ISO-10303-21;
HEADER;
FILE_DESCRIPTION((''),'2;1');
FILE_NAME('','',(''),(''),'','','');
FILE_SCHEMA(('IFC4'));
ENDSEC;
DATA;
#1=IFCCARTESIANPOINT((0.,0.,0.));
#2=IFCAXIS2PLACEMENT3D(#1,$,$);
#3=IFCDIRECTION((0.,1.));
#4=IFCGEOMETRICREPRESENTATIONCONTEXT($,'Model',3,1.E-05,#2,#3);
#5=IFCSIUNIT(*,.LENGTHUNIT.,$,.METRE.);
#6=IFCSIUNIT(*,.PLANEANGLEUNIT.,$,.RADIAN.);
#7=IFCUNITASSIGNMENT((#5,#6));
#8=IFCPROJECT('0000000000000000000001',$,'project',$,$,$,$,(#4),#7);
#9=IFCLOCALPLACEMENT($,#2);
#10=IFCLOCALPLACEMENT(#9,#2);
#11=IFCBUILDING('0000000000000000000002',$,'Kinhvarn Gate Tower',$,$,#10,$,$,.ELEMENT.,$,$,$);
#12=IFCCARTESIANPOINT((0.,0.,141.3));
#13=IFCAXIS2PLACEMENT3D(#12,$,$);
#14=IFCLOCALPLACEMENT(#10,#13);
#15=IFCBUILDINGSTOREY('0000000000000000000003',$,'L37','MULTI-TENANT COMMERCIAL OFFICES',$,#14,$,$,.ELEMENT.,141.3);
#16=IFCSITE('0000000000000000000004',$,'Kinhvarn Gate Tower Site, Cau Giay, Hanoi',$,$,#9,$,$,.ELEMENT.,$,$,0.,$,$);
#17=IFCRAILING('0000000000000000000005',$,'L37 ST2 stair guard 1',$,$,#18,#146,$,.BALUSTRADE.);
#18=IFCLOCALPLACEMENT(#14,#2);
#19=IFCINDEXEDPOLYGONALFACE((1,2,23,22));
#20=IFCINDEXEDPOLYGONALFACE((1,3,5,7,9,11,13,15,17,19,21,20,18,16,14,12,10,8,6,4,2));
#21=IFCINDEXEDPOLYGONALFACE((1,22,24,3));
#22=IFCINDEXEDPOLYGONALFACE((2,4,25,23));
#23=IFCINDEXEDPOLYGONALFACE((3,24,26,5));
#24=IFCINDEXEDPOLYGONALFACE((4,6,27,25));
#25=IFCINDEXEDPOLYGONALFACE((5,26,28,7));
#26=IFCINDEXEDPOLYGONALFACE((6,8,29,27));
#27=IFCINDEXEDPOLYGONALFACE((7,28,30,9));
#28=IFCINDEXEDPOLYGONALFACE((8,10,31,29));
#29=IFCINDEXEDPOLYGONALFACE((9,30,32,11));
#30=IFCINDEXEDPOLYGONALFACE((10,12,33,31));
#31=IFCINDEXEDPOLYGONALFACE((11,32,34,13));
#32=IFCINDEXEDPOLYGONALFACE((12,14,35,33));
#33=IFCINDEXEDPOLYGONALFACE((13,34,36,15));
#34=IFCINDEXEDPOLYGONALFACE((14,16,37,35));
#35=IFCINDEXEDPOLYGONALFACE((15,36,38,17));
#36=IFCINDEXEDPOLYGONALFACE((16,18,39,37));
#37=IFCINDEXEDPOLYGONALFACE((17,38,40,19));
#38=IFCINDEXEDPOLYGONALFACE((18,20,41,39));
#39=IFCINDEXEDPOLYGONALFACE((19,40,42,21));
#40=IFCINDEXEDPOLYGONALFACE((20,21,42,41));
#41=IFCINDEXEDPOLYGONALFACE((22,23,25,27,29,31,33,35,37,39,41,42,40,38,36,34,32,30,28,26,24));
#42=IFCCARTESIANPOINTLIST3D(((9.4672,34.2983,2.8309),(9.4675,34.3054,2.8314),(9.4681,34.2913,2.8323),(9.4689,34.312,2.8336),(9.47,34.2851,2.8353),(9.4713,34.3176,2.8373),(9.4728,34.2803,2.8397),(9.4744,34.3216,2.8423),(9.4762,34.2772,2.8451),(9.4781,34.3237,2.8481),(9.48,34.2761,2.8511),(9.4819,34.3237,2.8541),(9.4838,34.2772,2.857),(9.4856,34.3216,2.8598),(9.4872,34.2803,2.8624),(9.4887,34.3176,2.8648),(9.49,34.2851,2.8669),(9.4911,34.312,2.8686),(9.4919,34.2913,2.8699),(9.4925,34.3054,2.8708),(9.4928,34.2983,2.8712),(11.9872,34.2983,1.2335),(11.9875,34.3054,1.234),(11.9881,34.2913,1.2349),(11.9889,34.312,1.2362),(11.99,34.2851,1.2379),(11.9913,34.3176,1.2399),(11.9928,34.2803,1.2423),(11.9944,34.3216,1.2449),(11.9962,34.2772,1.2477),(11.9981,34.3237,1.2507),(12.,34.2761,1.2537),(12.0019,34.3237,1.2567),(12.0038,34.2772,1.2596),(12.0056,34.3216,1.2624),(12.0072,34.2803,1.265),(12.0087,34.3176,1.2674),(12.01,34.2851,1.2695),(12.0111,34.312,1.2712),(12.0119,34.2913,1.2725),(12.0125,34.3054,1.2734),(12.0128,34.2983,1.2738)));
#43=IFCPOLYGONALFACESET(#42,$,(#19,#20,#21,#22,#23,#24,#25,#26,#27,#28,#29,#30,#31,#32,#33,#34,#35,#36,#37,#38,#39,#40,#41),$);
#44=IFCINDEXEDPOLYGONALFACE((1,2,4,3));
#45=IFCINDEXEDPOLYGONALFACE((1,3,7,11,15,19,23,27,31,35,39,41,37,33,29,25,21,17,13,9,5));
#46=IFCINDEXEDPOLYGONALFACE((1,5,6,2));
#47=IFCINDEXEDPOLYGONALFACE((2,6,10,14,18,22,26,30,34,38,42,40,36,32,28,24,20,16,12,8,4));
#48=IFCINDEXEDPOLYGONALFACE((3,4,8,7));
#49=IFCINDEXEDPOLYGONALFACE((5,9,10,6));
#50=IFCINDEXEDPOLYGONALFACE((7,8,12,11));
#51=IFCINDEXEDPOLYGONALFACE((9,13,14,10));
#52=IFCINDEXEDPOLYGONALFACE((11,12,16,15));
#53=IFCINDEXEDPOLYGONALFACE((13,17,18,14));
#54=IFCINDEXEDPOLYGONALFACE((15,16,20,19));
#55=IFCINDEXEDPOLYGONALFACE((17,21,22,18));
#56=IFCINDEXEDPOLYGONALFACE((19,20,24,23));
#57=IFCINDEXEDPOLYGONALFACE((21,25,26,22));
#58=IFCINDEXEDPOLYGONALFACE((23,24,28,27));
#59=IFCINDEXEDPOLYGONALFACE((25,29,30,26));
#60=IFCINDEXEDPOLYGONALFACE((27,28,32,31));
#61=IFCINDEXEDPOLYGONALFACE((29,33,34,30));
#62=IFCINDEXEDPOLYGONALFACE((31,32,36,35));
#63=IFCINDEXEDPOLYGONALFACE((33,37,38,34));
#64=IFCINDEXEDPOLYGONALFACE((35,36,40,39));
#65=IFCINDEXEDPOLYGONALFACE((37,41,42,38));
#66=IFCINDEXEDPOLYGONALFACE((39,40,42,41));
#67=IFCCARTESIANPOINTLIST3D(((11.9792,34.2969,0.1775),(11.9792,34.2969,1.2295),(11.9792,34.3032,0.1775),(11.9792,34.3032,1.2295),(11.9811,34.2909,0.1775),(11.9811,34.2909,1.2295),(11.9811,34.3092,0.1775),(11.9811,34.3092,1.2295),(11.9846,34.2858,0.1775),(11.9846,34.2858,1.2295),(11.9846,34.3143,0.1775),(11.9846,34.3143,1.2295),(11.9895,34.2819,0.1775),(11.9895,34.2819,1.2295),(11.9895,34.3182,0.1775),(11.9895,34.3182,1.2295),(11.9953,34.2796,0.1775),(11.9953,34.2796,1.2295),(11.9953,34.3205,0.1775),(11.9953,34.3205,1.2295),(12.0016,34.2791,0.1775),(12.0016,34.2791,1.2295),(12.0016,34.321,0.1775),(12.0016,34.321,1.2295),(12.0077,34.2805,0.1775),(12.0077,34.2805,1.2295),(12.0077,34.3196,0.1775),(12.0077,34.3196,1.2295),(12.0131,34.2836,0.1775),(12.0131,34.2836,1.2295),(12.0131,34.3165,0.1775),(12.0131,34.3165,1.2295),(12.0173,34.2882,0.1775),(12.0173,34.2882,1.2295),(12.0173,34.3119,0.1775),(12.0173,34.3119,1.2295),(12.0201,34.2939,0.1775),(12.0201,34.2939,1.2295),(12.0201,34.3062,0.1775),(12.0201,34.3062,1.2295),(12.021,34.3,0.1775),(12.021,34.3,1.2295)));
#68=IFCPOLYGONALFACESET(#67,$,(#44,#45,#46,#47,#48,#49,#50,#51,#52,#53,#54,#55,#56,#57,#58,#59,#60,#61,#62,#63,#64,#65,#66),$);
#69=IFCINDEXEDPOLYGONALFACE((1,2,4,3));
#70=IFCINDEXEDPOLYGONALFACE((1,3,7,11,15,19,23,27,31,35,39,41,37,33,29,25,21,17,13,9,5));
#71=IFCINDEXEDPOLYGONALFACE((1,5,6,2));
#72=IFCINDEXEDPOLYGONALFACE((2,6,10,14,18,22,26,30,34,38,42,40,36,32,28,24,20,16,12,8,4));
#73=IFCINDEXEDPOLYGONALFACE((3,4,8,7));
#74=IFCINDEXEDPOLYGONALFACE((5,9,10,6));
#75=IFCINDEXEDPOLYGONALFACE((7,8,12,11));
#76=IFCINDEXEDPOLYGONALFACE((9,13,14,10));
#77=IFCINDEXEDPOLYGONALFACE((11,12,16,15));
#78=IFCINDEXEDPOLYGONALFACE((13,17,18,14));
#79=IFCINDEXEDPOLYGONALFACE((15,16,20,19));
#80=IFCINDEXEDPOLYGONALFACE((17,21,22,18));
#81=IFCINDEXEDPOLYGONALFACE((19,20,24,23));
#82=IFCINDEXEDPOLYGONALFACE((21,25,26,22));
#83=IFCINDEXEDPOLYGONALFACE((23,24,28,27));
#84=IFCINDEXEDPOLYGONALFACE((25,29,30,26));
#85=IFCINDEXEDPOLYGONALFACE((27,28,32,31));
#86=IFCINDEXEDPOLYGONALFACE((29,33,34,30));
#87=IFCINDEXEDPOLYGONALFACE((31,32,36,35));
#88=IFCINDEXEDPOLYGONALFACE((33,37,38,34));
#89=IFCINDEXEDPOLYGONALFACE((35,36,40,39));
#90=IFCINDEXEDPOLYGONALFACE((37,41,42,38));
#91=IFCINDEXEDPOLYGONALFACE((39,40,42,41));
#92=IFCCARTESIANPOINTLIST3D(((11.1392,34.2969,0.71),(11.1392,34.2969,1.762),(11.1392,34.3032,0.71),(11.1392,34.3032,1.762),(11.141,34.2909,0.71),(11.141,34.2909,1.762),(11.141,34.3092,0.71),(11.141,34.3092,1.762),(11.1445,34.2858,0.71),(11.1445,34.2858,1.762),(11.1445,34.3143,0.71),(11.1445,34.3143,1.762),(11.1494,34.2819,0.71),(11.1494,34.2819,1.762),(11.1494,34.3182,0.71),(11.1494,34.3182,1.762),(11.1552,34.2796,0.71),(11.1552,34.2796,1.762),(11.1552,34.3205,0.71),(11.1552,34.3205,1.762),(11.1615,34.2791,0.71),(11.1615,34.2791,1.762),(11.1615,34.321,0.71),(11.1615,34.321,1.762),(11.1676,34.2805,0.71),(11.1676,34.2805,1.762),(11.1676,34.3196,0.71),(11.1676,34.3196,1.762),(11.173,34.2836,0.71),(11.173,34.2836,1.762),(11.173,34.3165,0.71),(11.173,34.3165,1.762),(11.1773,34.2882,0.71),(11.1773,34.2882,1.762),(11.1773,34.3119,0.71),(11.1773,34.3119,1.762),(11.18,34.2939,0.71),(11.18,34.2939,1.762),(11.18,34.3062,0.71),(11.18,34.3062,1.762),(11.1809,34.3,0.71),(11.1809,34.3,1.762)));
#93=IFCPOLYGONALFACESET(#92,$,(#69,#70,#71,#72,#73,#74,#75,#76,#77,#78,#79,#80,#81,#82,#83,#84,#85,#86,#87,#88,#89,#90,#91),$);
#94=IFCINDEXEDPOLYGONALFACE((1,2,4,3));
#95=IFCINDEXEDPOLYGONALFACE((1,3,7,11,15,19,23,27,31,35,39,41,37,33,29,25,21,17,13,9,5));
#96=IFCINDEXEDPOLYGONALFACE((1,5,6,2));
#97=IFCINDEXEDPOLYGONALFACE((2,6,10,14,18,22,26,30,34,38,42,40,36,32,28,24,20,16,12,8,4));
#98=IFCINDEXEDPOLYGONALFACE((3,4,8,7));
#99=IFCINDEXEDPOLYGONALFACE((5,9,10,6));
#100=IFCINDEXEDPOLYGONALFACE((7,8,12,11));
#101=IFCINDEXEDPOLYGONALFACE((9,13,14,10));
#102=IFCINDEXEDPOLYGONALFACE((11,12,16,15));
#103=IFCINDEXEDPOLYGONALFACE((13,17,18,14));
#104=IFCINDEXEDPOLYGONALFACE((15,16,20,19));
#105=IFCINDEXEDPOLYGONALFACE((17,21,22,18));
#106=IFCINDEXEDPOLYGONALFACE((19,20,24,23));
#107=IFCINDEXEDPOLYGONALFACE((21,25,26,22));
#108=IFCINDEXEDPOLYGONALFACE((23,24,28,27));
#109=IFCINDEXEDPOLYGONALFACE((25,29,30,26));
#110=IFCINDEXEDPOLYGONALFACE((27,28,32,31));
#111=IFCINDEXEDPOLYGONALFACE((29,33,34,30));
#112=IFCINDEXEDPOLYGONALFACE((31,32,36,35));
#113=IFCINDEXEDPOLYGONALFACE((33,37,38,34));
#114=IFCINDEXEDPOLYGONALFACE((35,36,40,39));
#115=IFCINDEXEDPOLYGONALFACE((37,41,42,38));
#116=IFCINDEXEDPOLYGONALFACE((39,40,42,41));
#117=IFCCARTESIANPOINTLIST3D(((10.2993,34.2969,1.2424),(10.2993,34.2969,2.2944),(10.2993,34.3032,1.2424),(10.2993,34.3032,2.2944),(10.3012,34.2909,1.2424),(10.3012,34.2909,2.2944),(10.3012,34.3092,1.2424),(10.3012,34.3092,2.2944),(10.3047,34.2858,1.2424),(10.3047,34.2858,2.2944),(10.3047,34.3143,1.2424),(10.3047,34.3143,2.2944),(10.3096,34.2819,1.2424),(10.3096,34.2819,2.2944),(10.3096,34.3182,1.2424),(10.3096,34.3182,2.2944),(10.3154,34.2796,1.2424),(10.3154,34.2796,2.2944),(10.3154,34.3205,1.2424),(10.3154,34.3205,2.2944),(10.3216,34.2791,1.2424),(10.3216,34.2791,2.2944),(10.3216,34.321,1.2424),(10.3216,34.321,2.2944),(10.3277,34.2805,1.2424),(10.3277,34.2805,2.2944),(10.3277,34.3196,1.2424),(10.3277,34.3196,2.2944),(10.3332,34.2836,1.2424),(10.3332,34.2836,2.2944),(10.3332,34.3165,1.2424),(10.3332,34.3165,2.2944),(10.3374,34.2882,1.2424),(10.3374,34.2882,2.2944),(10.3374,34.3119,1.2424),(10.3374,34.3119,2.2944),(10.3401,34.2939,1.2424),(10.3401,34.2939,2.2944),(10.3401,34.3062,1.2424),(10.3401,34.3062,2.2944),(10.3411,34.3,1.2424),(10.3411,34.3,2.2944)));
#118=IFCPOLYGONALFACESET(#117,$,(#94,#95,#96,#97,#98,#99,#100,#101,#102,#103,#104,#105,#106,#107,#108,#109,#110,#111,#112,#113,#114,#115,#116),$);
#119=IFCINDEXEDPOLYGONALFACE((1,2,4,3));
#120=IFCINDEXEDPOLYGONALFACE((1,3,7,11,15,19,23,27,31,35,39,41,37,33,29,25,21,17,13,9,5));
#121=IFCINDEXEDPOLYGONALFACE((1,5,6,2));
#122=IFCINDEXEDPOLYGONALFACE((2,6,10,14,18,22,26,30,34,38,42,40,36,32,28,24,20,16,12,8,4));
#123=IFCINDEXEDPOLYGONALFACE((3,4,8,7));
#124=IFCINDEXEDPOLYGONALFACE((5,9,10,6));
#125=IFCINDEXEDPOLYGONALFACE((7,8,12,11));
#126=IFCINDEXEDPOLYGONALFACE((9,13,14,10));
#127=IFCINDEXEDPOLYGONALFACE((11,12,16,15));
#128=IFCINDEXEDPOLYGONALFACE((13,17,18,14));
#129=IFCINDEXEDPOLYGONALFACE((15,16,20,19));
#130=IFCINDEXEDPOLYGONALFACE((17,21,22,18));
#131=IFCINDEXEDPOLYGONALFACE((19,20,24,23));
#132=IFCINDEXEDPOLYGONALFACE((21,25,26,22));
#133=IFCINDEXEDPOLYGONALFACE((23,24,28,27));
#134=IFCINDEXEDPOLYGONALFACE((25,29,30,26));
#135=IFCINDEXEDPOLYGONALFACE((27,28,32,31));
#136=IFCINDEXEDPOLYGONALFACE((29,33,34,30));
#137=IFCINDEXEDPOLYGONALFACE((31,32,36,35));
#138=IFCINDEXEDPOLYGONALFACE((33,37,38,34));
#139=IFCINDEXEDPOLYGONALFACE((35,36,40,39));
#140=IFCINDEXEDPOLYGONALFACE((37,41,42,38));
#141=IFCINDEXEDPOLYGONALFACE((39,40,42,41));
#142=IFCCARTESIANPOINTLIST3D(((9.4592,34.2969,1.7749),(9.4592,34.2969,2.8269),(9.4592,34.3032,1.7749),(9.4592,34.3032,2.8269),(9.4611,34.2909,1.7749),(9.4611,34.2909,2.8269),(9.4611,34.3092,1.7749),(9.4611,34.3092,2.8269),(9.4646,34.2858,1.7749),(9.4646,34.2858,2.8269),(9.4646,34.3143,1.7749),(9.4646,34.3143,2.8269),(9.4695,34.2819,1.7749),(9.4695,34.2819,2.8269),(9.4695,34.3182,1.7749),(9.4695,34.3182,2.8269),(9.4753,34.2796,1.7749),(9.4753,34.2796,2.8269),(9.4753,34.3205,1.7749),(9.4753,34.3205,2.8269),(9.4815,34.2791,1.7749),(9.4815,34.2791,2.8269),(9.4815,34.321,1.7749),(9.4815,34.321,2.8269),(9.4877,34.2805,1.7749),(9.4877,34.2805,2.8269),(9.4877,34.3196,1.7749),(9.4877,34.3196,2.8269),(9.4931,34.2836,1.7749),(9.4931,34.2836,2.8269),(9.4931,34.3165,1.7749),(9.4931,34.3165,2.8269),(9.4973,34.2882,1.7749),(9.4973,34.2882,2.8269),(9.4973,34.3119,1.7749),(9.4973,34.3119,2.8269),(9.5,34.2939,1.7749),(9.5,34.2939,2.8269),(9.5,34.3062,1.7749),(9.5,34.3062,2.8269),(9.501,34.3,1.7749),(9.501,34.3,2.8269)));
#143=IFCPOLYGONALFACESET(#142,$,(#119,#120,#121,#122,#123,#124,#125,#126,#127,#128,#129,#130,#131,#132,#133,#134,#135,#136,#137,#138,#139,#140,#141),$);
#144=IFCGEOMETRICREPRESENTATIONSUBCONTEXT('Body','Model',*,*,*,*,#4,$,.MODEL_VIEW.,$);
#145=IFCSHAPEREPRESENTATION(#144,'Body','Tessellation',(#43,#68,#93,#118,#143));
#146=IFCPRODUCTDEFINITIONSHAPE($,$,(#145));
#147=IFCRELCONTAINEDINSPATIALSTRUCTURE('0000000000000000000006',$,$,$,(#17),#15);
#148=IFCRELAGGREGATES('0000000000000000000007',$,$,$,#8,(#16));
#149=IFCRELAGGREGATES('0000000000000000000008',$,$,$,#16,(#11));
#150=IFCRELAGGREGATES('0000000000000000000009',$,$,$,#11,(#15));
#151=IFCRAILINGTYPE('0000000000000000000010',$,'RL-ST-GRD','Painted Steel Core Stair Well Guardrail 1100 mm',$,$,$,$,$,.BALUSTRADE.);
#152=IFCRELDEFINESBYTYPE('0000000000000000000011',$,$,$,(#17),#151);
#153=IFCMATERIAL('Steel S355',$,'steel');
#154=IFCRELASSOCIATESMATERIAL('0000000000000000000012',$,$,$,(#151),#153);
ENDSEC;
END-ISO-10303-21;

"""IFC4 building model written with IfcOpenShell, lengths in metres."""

from ifc_helpers import new_model, si_unit, direction, frame, origin, origin_2d, place, context, subcontext, project, spatial, circle, extrude, material, type_object, element, save


model = new_model("IFC4")

# Units and contexts
model_context = context("Model", 3, precision=1e-05, world=origin(), true_north=direction((0.0, 1.0)))
body_context = subcontext(model_context, "Body", "Model", "MODEL_VIEW")
ifc_project = project(units=[si_unit("LENGTHUNIT", "METRE"), si_unit("PLANEANGLEUNIT", "RADIAN")], contexts=[model_context])

# Site, building, storey
site_placement = place(None, origin())
site = spatial("IfcSite", under=ifc_project, at=site_placement, Name="Kinhvarn Gate Tower Site, Cau Giay, Hanoi", CompositionType="ELEMENT", RefElevation=0.0)
building_placement = place(site_placement, origin())
building = spatial("IfcBuilding", under=site, at=building_placement, Name="Kinhvarn Gate Tower", CompositionType="ELEMENT")
storey_placement = place(building_placement, frame((0.0, 0.0, 141.3)))
storey = spatial("IfcBuildingStorey", under=building, at=storey_placement, Name="L37", Description="MULTI-TENANT COMMERCIAL OFFICES", CompositionType="ELEMENT", Elevation=141.3)

# Shared definitions
ifc_material_1 = material(Name="Steel S355", Category="steel")

# Railing
railing_type_1 = type_object("IfcRailingType", Name="RL-ST-GRD", Description="Painted Steel Core Stair Well Guardrail 1100 mm", PredefinedType="BALUSTRADE", material=ifc_material_1)
railing_1_placement = place(storey_placement, frame((12.0, 34.3, 0.1775)))
element("IfcRailing", 1, at=railing_1_placement, inside=storey, type_object=railing_type_1, Name="L37 ST2 stair guard 1", PredefinedType="BALUSTRADE", context=body_context, shape_type="SweptSolid", body=[
    extrude(circle(Radius=0.0239, at=origin_2d()), frame((0.0, 0.0, 1.0762), z_axis=(-0.844607, 0.0, 0.535387), x_axis=(0.0, -1.0, 0.0)), (0.0, 0.0, 1.0), 2.9836),
    extrude(circle(Radius=0.021, at=origin_2d()), origin(), (0.0, 0.0, 1.0), 1.052),
    extrude(circle(Radius=0.021, at=origin_2d()), frame((-0.8401, 0.0, 0.5325)), (0.0, 0.0, 1.0), 1.052),
    extrude(circle(Radius=0.021, at=origin_2d()), frame((-1.6799, 0.0, 1.0649)), (0.0, 0.0, 1.0), 1.052),
    extrude(circle(Radius=0.021, at=origin_2d()), frame((-2.52, 0.0, 1.5974)), (0.0, 0.0, 1.0), 1.052),
])

save(model, "model.ifc")
